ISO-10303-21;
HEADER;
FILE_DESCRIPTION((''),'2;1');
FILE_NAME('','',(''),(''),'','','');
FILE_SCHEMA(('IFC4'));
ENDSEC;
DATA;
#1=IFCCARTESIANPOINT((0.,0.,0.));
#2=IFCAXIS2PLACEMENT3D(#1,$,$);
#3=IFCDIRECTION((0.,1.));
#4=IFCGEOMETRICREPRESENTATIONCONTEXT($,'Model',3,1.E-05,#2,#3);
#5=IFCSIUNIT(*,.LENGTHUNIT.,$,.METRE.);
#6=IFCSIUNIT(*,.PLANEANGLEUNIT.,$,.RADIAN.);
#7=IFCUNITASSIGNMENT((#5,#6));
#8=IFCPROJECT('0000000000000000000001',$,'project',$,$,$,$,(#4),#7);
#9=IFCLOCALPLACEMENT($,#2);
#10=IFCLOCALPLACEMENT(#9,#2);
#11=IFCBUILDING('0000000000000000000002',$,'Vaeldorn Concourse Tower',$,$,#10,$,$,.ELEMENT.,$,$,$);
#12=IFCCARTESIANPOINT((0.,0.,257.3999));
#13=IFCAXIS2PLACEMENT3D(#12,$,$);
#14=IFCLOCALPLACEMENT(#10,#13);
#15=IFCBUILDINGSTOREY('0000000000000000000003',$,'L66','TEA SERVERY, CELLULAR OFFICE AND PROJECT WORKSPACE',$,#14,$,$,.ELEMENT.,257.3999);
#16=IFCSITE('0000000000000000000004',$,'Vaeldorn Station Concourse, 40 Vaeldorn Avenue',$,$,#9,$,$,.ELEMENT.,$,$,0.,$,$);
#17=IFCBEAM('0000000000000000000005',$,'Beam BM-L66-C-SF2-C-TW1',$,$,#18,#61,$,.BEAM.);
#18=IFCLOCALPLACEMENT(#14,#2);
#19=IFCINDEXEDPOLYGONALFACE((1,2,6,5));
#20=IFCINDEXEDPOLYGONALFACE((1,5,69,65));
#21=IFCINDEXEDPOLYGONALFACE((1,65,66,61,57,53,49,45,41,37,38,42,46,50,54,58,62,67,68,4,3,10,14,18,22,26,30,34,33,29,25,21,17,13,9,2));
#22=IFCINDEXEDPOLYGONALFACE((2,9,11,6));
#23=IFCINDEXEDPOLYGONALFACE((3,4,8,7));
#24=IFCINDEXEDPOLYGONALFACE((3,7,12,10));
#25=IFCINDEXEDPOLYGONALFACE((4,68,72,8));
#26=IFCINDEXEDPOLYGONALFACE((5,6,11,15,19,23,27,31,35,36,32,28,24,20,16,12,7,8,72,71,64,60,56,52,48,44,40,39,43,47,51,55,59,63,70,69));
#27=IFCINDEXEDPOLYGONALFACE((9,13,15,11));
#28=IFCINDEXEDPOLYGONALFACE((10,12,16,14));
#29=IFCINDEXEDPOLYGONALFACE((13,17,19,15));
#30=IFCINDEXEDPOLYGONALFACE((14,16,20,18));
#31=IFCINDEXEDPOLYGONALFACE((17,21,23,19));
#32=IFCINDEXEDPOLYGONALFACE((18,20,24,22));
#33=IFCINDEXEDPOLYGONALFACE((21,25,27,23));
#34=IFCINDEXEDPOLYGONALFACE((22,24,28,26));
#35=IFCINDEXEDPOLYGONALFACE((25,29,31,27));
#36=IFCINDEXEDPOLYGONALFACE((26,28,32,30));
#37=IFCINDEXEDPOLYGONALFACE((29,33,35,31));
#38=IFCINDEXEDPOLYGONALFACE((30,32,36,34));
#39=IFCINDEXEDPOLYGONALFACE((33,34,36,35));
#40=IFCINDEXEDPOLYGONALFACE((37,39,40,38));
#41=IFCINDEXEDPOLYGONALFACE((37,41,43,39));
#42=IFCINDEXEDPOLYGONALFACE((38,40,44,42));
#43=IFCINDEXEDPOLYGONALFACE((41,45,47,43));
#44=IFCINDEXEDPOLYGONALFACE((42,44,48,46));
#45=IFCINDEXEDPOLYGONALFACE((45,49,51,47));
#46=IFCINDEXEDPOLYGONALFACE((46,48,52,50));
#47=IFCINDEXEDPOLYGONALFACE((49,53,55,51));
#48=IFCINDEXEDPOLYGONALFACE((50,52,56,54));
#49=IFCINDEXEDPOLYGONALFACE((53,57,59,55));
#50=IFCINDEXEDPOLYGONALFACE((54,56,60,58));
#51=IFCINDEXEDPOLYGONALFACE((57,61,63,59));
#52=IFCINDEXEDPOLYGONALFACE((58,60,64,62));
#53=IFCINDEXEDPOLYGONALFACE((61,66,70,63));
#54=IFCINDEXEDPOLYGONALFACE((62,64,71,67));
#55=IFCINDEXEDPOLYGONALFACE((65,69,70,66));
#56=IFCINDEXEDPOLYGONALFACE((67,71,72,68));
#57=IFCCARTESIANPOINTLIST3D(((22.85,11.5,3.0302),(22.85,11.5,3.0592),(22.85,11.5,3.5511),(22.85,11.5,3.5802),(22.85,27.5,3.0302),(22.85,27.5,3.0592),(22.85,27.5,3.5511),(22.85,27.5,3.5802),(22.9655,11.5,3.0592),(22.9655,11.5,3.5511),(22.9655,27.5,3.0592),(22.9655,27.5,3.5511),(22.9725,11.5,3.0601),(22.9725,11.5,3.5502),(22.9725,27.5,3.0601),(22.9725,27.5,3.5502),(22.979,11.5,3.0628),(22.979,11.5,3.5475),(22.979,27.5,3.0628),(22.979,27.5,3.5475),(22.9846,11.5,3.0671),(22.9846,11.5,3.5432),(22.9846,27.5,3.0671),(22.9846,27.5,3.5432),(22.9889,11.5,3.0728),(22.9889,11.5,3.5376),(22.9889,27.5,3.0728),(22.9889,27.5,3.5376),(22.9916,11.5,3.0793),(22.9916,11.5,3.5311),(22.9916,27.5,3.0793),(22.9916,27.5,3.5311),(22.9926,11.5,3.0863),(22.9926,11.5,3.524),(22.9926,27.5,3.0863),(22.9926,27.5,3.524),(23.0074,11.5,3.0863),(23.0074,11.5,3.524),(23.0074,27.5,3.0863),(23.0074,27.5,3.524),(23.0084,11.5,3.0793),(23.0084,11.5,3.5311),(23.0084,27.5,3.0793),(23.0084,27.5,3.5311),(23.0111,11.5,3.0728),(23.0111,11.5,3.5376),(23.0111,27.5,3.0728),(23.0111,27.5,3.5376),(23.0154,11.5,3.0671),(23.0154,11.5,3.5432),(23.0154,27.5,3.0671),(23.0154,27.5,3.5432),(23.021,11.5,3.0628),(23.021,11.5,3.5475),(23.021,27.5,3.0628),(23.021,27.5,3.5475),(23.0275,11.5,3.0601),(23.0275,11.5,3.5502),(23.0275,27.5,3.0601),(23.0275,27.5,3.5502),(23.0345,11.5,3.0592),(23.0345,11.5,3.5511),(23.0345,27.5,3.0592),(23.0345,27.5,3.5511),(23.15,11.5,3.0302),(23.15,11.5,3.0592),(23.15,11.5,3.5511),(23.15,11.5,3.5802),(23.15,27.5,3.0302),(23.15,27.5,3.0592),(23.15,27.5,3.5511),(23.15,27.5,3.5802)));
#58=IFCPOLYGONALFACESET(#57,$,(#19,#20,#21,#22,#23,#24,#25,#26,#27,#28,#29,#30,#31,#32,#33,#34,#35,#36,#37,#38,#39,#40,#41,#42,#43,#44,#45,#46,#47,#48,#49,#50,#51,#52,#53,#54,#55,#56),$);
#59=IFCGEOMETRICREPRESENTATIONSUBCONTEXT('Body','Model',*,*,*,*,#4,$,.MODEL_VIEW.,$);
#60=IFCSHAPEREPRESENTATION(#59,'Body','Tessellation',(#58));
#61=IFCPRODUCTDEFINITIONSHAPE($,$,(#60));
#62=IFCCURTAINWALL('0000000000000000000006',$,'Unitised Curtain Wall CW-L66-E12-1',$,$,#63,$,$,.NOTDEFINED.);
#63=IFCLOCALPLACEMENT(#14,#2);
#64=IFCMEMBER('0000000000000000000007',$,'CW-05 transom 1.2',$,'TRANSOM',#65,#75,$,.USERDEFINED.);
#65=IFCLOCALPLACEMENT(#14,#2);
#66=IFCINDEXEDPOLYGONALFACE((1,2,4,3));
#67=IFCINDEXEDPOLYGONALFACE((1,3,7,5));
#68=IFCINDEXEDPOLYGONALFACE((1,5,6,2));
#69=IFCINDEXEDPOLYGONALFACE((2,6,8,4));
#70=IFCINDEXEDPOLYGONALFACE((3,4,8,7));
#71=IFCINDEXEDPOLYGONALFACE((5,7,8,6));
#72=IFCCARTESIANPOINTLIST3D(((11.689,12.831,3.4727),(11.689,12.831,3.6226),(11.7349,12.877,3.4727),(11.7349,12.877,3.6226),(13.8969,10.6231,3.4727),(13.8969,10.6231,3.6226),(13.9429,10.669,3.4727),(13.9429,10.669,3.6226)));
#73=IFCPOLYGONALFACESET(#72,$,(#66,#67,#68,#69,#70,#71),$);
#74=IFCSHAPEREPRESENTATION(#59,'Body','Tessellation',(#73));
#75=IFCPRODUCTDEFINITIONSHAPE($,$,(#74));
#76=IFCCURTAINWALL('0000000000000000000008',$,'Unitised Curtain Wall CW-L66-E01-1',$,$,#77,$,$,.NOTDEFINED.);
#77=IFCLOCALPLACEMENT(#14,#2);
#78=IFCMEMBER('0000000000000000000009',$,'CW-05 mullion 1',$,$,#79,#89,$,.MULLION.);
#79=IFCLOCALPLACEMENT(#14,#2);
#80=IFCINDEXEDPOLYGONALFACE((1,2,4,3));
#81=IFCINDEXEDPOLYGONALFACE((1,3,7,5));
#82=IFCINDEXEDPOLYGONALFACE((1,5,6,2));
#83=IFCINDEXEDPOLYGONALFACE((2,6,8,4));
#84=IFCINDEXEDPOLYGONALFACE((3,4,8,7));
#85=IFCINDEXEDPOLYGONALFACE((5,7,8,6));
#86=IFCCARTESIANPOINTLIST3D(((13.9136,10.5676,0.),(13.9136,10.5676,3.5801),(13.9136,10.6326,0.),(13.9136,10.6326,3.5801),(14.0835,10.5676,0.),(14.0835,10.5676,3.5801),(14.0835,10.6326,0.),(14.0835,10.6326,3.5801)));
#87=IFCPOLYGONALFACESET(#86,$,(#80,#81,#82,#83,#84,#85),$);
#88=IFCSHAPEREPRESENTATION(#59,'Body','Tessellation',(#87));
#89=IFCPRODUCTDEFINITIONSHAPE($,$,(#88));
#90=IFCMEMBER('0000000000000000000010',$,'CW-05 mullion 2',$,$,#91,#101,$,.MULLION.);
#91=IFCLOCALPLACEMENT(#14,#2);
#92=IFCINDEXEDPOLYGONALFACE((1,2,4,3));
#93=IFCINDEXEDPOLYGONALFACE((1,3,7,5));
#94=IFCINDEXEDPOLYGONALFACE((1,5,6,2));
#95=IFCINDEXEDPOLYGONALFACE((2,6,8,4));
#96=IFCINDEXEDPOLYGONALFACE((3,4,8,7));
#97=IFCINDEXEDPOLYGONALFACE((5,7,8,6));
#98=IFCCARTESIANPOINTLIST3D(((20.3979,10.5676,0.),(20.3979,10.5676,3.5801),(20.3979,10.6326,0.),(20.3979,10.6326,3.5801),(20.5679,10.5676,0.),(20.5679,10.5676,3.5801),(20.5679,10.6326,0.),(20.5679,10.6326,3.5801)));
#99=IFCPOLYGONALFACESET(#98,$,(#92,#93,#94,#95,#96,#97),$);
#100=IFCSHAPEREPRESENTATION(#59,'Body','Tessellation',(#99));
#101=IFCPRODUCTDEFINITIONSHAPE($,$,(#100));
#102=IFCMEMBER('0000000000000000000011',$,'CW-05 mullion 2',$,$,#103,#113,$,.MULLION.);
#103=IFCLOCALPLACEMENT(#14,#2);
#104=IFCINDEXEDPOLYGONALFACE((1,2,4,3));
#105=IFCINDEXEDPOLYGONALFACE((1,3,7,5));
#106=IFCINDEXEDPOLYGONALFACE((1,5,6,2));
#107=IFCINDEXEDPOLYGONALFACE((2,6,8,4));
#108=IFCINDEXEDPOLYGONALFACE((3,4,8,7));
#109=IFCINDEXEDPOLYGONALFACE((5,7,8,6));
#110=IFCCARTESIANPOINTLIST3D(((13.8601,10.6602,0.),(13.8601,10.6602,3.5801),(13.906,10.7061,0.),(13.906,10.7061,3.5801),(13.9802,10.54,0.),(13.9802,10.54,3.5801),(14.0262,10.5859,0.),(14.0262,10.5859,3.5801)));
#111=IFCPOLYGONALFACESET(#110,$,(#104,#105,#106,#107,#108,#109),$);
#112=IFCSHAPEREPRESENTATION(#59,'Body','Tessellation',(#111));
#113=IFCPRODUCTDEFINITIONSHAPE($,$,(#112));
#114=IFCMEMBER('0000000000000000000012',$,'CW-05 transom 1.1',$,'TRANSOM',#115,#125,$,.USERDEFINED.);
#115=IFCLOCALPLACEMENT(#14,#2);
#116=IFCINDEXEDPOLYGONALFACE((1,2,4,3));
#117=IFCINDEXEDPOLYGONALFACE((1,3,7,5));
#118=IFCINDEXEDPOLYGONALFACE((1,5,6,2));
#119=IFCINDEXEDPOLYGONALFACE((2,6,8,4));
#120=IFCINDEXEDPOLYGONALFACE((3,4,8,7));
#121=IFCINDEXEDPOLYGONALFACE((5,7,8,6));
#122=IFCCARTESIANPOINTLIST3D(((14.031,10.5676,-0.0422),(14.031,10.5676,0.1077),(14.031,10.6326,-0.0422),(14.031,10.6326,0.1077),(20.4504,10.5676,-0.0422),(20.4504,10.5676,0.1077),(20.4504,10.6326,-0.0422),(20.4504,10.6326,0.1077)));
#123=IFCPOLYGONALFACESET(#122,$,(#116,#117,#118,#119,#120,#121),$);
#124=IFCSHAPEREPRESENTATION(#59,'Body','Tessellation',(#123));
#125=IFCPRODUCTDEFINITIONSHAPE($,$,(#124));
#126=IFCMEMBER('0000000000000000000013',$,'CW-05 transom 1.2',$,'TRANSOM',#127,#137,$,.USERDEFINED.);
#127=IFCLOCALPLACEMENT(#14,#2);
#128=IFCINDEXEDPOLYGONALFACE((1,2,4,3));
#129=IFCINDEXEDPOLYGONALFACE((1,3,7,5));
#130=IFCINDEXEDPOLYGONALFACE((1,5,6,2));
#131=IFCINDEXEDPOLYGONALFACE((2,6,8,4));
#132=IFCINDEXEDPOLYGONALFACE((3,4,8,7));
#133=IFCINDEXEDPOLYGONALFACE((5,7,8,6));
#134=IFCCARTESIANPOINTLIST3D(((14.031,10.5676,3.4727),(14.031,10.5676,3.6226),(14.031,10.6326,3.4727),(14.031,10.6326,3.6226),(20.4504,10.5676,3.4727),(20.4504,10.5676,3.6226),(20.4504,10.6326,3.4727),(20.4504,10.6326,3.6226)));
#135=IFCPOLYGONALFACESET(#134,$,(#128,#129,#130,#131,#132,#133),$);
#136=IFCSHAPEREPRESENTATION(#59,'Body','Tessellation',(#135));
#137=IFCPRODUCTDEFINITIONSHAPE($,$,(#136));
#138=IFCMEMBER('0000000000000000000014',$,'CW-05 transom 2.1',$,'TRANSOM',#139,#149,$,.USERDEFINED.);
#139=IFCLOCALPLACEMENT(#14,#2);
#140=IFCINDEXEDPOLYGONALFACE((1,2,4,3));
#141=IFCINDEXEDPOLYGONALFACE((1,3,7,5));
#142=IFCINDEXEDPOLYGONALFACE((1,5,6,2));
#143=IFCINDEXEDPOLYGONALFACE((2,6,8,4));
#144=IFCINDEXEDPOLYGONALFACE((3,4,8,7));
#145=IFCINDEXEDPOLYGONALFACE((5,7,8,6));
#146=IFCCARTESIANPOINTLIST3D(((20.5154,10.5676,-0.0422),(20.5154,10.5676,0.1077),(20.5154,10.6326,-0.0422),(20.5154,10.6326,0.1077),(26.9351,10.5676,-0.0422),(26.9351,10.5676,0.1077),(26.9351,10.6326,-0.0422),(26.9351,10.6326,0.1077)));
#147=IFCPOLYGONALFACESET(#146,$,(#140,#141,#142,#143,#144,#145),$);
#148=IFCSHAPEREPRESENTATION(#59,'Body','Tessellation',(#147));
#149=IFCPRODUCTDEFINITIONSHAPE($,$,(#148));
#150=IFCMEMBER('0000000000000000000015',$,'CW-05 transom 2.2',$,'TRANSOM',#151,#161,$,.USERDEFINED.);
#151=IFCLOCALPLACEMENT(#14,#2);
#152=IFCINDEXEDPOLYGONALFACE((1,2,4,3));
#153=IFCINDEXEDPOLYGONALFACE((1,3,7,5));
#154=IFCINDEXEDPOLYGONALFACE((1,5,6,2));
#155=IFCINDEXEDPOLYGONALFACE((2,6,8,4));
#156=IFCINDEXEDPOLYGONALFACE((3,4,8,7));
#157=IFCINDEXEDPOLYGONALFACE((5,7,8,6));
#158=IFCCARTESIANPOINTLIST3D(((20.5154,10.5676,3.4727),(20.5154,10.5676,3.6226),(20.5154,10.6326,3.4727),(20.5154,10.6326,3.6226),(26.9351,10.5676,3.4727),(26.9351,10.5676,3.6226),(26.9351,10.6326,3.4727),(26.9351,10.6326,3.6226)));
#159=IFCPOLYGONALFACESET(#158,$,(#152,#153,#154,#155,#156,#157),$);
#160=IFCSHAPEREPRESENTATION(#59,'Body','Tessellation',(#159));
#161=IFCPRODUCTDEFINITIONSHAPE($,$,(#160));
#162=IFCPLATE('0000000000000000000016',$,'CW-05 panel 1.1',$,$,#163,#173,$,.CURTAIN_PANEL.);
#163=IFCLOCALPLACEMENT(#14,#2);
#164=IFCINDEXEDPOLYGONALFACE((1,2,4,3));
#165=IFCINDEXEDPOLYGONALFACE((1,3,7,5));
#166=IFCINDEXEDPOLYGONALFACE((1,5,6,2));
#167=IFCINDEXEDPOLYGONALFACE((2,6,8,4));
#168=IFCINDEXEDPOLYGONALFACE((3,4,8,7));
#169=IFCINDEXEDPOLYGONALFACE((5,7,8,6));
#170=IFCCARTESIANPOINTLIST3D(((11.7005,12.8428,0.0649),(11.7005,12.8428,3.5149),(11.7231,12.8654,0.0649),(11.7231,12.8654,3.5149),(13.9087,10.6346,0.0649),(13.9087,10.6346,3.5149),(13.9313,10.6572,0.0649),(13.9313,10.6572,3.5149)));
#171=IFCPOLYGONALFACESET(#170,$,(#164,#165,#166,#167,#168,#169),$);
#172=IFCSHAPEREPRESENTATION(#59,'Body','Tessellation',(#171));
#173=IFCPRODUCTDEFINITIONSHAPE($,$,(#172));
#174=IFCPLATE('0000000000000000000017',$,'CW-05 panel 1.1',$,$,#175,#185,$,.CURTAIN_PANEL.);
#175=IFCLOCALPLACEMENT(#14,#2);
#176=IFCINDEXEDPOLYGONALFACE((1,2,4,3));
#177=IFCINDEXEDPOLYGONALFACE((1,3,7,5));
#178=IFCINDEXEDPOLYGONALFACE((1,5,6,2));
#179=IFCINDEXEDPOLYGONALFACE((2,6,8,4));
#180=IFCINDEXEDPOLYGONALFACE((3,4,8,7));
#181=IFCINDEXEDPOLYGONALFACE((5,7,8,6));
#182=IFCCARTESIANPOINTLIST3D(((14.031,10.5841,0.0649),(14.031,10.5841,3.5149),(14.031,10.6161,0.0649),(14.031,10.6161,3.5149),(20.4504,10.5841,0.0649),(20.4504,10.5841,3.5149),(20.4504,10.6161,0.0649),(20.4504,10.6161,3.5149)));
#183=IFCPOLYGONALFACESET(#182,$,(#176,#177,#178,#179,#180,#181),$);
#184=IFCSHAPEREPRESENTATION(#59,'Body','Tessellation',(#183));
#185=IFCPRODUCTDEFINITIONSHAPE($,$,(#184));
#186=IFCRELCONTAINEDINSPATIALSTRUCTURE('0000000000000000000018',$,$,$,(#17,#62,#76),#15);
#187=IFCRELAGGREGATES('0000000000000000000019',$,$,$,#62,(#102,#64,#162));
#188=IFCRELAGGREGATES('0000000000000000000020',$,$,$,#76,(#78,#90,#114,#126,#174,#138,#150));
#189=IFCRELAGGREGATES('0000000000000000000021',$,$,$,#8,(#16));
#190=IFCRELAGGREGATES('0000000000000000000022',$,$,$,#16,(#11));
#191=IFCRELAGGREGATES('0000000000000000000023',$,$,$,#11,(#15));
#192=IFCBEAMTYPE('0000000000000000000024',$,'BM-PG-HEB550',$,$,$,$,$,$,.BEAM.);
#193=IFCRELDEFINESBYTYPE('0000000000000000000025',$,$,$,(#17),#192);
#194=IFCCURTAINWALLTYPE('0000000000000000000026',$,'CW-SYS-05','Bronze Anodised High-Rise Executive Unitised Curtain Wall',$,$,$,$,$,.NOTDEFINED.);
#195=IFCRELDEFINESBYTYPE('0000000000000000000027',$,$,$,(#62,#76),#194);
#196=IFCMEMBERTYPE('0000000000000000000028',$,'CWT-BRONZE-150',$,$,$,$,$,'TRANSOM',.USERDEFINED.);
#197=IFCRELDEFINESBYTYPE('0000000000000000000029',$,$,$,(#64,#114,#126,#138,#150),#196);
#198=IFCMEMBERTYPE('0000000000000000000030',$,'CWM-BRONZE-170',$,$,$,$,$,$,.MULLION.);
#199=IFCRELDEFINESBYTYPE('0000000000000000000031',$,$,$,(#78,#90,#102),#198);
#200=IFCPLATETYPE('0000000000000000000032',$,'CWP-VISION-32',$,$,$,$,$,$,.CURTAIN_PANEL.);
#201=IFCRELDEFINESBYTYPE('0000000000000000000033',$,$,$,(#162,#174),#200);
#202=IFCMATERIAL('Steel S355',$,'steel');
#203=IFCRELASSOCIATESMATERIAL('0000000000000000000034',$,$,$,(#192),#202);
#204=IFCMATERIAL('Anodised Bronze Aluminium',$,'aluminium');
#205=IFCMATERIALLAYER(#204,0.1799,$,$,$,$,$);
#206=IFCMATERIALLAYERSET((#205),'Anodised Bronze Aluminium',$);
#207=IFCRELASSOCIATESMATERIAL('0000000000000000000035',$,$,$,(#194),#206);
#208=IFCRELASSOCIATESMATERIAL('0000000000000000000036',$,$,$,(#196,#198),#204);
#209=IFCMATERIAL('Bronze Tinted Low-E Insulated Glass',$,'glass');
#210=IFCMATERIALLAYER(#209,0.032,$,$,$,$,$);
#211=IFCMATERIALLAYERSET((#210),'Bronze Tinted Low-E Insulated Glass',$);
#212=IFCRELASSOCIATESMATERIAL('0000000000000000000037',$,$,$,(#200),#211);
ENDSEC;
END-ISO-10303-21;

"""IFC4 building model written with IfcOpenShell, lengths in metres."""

from ifc_helpers import new_model, si_unit, direction, frame, origin, origin_2d, place, context, subcontext, project, spatial, rectangle, i_section, extrude, source, transform, mapped, material, layer, layer_set, material_profile, profile_set, type_object, element, aggregate, save


model = new_model("IFC4")

# Units and contexts
model_context = context("Model", 3, precision=1e-05, world=origin(), true_north=direction((0.0, 1.0)))
body_context = subcontext(model_context, "Body", "Model", "MODEL_VIEW")
ifc_project = project(units=[si_unit("LENGTHUNIT", "METRE"), si_unit("PLANEANGLEUNIT", "RADIAN")], contexts=[model_context])

# Site, building, storey
site_placement = place(None, origin())
site = spatial("IfcSite", under=ifc_project, at=site_placement, Name="Vaeldorn Station Concourse, 40 Vaeldorn Avenue", CompositionType="ELEMENT", RefElevation=0.0)
building_placement = place(site_placement, origin())
building = spatial("IfcBuilding", under=site, at=building_placement, Name="Vaeldorn Concourse Tower", CompositionType="ELEMENT")
storey_placement = place(building_placement, frame((0.0, 0.0, 257.3999)))
storey = spatial("IfcBuildingStorey", under=building, at=storey_placement, Name="L66", Description="TEA SERVERY, CELLULAR OFFICE AND PROJECT WORKSPACE", CompositionType="ELEMENT", Elevation=257.3999)

# Shared definitions
ifc_material_1 = material(Name="Steel S355", Category="steel")

# Beam
ifc_material_profile_1 = material_profile(ifc_material_1, i_section(OverallWidth=0.3, OverallDepth=0.55, WebThickness=0.0149, FlangeThickness=0.0291, FilletRadius=0.0271, at=origin_2d()), Name="HEB 550")
ifc_profile_set_1 = profile_set([ifc_material_profile_1], Name="Steel S355")
beam_type_1 = type_object("IfcBeamType", Name="BM-PG-HEB550", PredefinedType="BEAM", material=ifc_profile_set_1)
shared_shape_1 = source(origin(), body_context, "Body", "SweptSolid", [
    extrude(i_section(OverallWidth=0.3, OverallDepth=0.55, WebThickness=0.0149, FlangeThickness=0.0291, FilletRadius=0.0271, at=origin_2d()), origin(), (0.0, 0.0, 1.0), 16.0),
])
beam_1_placement = place(storey_placement, frame((23.0, 11.5, 3.3052), z_axis=(0.0, 1.0, 0.0), x_axis=(-1.0, 0.0, 0.0)))
element("IfcBeam", 1, at=beam_1_placement, inside=storey, type_object=beam_type_1, Name="Beam BM-L66-C-SF2-C-TW1", PredefinedType="BEAM", context=body_context, shape_type="MappedRepresentation", body=[
    mapped(shared_shape_1, transform((0.0, 0.0, 0.0), scale=1.0)),
])

# Curtain wall, member
ifc_material_2 = material(Name="Anodised Bronze Aluminium", Category="aluminium")
ifc_layer_1 = layer(ifc_material_2, 0.1799)
ifc_layer_set_1 = layer_set([ifc_layer_1], Name="Anodised Bronze Aluminium")
curtain_wall_type = type_object("IfcCurtainWallType", Name="CW-SYS-05", Description="Bronze Anodised High-Rise Executive Unitised Curtain Wall", PredefinedType="NOTDEFINED", material=ifc_layer_set_1)
curtain_wall_1_placement = place(storey_placement, origin())
curtain_wall_1 = element("IfcCurtainWall", 2, at=curtain_wall_1_placement, inside=storey, type_object=curtain_wall_type, Name="Unitised Curtain Wall CW-L66-E12-1", PredefinedType="NOTDEFINED")
ifc_material_profile_2 = material_profile(ifc_material_2, rectangle(XDim=0.0649, YDim=0.1499, at=origin_2d()), Name="CWT 65x150")
ifc_profile_set_2 = profile_set([ifc_material_profile_2], Name="Anodised Bronze Aluminium")
member_type_1 = type_object("IfcMemberType", Name="CWT-BRONZE-150", ElementType="TRANSOM", PredefinedType="USERDEFINED", material=ifc_profile_set_2)
shared_shape_2 = source(origin(), body_context, "Body", "SweptSolid", [
    extrude(rectangle(XDim=0.0649, YDim=0.1499, at=origin_2d()), origin(), (0.0, 0.0, 1.0), 3.1226),
])
member_1_placement = place(storey_placement, frame((11.7119, 12.854, 3.5476), z_axis=(0.707107, -0.707107, 0.0), x_axis=(0.707107, 0.707107, 0.0)))
member_1 = element("IfcMember", 3, at=member_1_placement, type_object=member_type_1, Name="CW-05 transom 1.2", ObjectType="TRANSOM", PredefinedType="USERDEFINED", context=body_context, shape_type="MappedRepresentation", body=[
    mapped(shared_shape_2, transform((0.0, 0.0, 0.0), scale=1.0)),
])

# Curtain wall, members
curtain_wall_2_placement = place(storey_placement, origin())
curtain_wall_2 = element("IfcCurtainWall", 4, at=curtain_wall_2_placement, inside=storey, type_object=curtain_wall_type, Name="Unitised Curtain Wall CW-L66-E01-1", PredefinedType="NOTDEFINED")
ifc_material_profile_3 = material_profile(ifc_material_2, rectangle(XDim=0.0649, YDim=0.1699, at=origin_2d()), Name="CWM 65x170")
ifc_profile_set_3 = profile_set([ifc_material_profile_3], Name="Anodised Bronze Aluminium")
member_type_2 = type_object("IfcMemberType", Name="CWM-BRONZE-170", PredefinedType="MULLION", material=ifc_profile_set_3)
shared_shape_3 = source(origin(), body_context, "Body", "SweptSolid", [
    extrude(rectangle(XDim=0.0649, YDim=0.1699, at=origin_2d()), origin(), (0.0, 0.0, 1.0), 3.5801),
])
member_2_placement = place(storey_placement, frame((13.9985, 10.6001, 0.0), z_axis=(0.0, 0.0, 1.0), x_axis=(0.0, 1.0, 0.0)))
member_2 = element("IfcMember", 5, at=member_2_placement, type_object=member_type_2, Name="CW-05 mullion 1", PredefinedType="MULLION", context=body_context, shape_type="MappedRepresentation", body=[
    mapped(shared_shape_3, transform((0.0, 0.0, 0.0), scale=1.0)),
])
member_3_placement = place(storey_placement, frame((20.4829, 10.6001, 0.0), z_axis=(0.0, 0.0, 1.0), x_axis=(0.0, 1.0, 0.0)))
member_3 = element("IfcMember", 6, at=member_3_placement, type_object=member_type_2, Name="CW-05 mullion 2", PredefinedType="MULLION", context=body_context, shape_type="MappedRepresentation", body=[
    mapped(shared_shape_3, transform((0.0, 0.0, 0.0), scale=1.0)),
])

# Members
member_4_placement = place(storey_placement, frame((13.9431, 10.623, 0.0), z_axis=(0.0, 0.0, 1.0), x_axis=(0.707107, 0.707107, 0.0)))
member_4 = element("IfcMember", 7, at=member_4_placement, type_object=member_type_2, Name="CW-05 mullion 2", PredefinedType="MULLION", context=body_context, shape_type="MappedRepresentation", body=[
    mapped(shared_shape_3, transform((0.0, 0.0, 0.0), scale=1.0)),
])
shared_shape_4 = source(origin(), body_context, "Body", "SweptSolid", [
    extrude(rectangle(XDim=0.0649, YDim=0.1499, at=origin_2d()), origin(), (0.0, 0.0, 1.0), 6.4194),
])
member_5_placement = place(storey_placement, frame((14.031, 10.6001, 0.0327), z_axis=(1.0, 0.0, 0.0), x_axis=(0.0, 1.0, 0.0)))
member_5 = element("IfcMember", 8, at=member_5_placement, type_object=member_type_1, Name="CW-05 transom 1.1", ObjectType="TRANSOM", PredefinedType="USERDEFINED", context=body_context, shape_type="MappedRepresentation", body=[
    mapped(shared_shape_4, transform((0.0, 0.0, 0.0), scale=1.0)),
])
member_6_placement = place(storey_placement, frame((14.031, 10.6001, 3.5476), z_axis=(1.0, 0.0, 0.0), x_axis=(0.0, 1.0, 0.0)))
member_6 = element("IfcMember", 9, at=member_6_placement, type_object=member_type_1, Name="CW-05 transom 1.2", ObjectType="TRANSOM", PredefinedType="USERDEFINED", context=body_context, shape_type="MappedRepresentation", body=[
    mapped(shared_shape_4, transform((0.0, 0.0, 0.0), scale=1.0)),
])
shared_shape_5 = source(origin(), body_context, "Body", "SweptSolid", [
    extrude(rectangle(XDim=0.0649, YDim=0.1499, at=origin_2d()), origin(), (0.0, 0.0, 1.0), 6.4197),
])
member_7_placement = place(storey_placement, frame((20.5154, 10.6001, 0.0327), z_axis=(1.0, 0.0, 0.0), x_axis=(0.0, 1.0, 0.0)))
member_7 = element("IfcMember", 10, at=member_7_placement, type_object=member_type_1, Name="CW-05 transom 2.1", ObjectType="TRANSOM", PredefinedType="USERDEFINED", context=body_context, shape_type="MappedRepresentation", body=[
    mapped(shared_shape_5, transform((0.0, 0.0, 0.0), scale=1.0)),
])
member_8_placement = place(storey_placement, frame((20.5154, 10.6001, 3.5476), z_axis=(1.0, 0.0, 0.0), x_axis=(0.0, 1.0, 0.0)))
member_8 = element("IfcMember", 11, at=member_8_placement, type_object=member_type_1, Name="CW-05 transom 2.2", ObjectType="TRANSOM", PredefinedType="USERDEFINED", context=body_context, shape_type="MappedRepresentation", body=[
    mapped(shared_shape_5, transform((0.0, 0.0, 0.0), scale=1.0)),
])

# Plates
ifc_material_3 = material(Name="Bronze Tinted Low-E Insulated Glass", Category="glass")
ifc_layer_2 = layer(ifc_material_3, 0.032)
ifc_layer_set_2 = layer_set([ifc_layer_2], Name="Bronze Tinted Low-E Insulated Glass")
plate_type = type_object("IfcPlateType", Name="CWP-VISION-32", PredefinedType="CURTAIN_PANEL", material=ifc_layer_set_2)
shared_shape_6 = source(origin(), body_context, "Body", "SweptSolid", [
    extrude(rectangle(XDim=3.1228, YDim=0.032, at=origin_2d()), origin(), (0.0, 0.0, 1.0), 3.45),
])
plate_1_placement = place(storey_placement, frame((12.8159, 11.75, 0.0649), z_axis=(0.0, 0.0, 1.0), x_axis=(0.707107, -0.707107, 0.0)))
plate_1 = element("IfcPlate", 12, at=plate_1_placement, type_object=plate_type, Name="CW-05 panel 1.1", PredefinedType="CURTAIN_PANEL", context=body_context, shape_type="MappedRepresentation", body=[
    mapped(shared_shape_6, transform((0.0, 0.0, 0.0), scale=1.0)),
])
aggregate(curtain_wall_1, [member_4, member_1, plate_1])
shared_shape_7 = source(origin(), body_context, "Body", "SweptSolid", [
    extrude(rectangle(XDim=6.4194, YDim=0.032, at=origin_2d()), origin(), (0.0, 0.0, 1.0), 3.45),
])
plate_2_placement = place(storey_placement, frame((17.2407, 10.6001, 0.0649), z_axis=(0.0, 0.0, 1.0), x_axis=(1.0, 0.0, 0.0)))
plate_2 = element("IfcPlate", 13, at=plate_2_placement, type_object=plate_type, Name="CW-05 panel 1.1", PredefinedType="CURTAIN_PANEL", context=body_context, shape_type="MappedRepresentation", body=[
    mapped(shared_shape_7, transform((0.0, 0.0, 0.0), scale=1.0)),
])
aggregate(curtain_wall_2, [member_2, member_3, member_5, member_6, plate_2, member_7, member_8])

save(model, "model.ifc")
